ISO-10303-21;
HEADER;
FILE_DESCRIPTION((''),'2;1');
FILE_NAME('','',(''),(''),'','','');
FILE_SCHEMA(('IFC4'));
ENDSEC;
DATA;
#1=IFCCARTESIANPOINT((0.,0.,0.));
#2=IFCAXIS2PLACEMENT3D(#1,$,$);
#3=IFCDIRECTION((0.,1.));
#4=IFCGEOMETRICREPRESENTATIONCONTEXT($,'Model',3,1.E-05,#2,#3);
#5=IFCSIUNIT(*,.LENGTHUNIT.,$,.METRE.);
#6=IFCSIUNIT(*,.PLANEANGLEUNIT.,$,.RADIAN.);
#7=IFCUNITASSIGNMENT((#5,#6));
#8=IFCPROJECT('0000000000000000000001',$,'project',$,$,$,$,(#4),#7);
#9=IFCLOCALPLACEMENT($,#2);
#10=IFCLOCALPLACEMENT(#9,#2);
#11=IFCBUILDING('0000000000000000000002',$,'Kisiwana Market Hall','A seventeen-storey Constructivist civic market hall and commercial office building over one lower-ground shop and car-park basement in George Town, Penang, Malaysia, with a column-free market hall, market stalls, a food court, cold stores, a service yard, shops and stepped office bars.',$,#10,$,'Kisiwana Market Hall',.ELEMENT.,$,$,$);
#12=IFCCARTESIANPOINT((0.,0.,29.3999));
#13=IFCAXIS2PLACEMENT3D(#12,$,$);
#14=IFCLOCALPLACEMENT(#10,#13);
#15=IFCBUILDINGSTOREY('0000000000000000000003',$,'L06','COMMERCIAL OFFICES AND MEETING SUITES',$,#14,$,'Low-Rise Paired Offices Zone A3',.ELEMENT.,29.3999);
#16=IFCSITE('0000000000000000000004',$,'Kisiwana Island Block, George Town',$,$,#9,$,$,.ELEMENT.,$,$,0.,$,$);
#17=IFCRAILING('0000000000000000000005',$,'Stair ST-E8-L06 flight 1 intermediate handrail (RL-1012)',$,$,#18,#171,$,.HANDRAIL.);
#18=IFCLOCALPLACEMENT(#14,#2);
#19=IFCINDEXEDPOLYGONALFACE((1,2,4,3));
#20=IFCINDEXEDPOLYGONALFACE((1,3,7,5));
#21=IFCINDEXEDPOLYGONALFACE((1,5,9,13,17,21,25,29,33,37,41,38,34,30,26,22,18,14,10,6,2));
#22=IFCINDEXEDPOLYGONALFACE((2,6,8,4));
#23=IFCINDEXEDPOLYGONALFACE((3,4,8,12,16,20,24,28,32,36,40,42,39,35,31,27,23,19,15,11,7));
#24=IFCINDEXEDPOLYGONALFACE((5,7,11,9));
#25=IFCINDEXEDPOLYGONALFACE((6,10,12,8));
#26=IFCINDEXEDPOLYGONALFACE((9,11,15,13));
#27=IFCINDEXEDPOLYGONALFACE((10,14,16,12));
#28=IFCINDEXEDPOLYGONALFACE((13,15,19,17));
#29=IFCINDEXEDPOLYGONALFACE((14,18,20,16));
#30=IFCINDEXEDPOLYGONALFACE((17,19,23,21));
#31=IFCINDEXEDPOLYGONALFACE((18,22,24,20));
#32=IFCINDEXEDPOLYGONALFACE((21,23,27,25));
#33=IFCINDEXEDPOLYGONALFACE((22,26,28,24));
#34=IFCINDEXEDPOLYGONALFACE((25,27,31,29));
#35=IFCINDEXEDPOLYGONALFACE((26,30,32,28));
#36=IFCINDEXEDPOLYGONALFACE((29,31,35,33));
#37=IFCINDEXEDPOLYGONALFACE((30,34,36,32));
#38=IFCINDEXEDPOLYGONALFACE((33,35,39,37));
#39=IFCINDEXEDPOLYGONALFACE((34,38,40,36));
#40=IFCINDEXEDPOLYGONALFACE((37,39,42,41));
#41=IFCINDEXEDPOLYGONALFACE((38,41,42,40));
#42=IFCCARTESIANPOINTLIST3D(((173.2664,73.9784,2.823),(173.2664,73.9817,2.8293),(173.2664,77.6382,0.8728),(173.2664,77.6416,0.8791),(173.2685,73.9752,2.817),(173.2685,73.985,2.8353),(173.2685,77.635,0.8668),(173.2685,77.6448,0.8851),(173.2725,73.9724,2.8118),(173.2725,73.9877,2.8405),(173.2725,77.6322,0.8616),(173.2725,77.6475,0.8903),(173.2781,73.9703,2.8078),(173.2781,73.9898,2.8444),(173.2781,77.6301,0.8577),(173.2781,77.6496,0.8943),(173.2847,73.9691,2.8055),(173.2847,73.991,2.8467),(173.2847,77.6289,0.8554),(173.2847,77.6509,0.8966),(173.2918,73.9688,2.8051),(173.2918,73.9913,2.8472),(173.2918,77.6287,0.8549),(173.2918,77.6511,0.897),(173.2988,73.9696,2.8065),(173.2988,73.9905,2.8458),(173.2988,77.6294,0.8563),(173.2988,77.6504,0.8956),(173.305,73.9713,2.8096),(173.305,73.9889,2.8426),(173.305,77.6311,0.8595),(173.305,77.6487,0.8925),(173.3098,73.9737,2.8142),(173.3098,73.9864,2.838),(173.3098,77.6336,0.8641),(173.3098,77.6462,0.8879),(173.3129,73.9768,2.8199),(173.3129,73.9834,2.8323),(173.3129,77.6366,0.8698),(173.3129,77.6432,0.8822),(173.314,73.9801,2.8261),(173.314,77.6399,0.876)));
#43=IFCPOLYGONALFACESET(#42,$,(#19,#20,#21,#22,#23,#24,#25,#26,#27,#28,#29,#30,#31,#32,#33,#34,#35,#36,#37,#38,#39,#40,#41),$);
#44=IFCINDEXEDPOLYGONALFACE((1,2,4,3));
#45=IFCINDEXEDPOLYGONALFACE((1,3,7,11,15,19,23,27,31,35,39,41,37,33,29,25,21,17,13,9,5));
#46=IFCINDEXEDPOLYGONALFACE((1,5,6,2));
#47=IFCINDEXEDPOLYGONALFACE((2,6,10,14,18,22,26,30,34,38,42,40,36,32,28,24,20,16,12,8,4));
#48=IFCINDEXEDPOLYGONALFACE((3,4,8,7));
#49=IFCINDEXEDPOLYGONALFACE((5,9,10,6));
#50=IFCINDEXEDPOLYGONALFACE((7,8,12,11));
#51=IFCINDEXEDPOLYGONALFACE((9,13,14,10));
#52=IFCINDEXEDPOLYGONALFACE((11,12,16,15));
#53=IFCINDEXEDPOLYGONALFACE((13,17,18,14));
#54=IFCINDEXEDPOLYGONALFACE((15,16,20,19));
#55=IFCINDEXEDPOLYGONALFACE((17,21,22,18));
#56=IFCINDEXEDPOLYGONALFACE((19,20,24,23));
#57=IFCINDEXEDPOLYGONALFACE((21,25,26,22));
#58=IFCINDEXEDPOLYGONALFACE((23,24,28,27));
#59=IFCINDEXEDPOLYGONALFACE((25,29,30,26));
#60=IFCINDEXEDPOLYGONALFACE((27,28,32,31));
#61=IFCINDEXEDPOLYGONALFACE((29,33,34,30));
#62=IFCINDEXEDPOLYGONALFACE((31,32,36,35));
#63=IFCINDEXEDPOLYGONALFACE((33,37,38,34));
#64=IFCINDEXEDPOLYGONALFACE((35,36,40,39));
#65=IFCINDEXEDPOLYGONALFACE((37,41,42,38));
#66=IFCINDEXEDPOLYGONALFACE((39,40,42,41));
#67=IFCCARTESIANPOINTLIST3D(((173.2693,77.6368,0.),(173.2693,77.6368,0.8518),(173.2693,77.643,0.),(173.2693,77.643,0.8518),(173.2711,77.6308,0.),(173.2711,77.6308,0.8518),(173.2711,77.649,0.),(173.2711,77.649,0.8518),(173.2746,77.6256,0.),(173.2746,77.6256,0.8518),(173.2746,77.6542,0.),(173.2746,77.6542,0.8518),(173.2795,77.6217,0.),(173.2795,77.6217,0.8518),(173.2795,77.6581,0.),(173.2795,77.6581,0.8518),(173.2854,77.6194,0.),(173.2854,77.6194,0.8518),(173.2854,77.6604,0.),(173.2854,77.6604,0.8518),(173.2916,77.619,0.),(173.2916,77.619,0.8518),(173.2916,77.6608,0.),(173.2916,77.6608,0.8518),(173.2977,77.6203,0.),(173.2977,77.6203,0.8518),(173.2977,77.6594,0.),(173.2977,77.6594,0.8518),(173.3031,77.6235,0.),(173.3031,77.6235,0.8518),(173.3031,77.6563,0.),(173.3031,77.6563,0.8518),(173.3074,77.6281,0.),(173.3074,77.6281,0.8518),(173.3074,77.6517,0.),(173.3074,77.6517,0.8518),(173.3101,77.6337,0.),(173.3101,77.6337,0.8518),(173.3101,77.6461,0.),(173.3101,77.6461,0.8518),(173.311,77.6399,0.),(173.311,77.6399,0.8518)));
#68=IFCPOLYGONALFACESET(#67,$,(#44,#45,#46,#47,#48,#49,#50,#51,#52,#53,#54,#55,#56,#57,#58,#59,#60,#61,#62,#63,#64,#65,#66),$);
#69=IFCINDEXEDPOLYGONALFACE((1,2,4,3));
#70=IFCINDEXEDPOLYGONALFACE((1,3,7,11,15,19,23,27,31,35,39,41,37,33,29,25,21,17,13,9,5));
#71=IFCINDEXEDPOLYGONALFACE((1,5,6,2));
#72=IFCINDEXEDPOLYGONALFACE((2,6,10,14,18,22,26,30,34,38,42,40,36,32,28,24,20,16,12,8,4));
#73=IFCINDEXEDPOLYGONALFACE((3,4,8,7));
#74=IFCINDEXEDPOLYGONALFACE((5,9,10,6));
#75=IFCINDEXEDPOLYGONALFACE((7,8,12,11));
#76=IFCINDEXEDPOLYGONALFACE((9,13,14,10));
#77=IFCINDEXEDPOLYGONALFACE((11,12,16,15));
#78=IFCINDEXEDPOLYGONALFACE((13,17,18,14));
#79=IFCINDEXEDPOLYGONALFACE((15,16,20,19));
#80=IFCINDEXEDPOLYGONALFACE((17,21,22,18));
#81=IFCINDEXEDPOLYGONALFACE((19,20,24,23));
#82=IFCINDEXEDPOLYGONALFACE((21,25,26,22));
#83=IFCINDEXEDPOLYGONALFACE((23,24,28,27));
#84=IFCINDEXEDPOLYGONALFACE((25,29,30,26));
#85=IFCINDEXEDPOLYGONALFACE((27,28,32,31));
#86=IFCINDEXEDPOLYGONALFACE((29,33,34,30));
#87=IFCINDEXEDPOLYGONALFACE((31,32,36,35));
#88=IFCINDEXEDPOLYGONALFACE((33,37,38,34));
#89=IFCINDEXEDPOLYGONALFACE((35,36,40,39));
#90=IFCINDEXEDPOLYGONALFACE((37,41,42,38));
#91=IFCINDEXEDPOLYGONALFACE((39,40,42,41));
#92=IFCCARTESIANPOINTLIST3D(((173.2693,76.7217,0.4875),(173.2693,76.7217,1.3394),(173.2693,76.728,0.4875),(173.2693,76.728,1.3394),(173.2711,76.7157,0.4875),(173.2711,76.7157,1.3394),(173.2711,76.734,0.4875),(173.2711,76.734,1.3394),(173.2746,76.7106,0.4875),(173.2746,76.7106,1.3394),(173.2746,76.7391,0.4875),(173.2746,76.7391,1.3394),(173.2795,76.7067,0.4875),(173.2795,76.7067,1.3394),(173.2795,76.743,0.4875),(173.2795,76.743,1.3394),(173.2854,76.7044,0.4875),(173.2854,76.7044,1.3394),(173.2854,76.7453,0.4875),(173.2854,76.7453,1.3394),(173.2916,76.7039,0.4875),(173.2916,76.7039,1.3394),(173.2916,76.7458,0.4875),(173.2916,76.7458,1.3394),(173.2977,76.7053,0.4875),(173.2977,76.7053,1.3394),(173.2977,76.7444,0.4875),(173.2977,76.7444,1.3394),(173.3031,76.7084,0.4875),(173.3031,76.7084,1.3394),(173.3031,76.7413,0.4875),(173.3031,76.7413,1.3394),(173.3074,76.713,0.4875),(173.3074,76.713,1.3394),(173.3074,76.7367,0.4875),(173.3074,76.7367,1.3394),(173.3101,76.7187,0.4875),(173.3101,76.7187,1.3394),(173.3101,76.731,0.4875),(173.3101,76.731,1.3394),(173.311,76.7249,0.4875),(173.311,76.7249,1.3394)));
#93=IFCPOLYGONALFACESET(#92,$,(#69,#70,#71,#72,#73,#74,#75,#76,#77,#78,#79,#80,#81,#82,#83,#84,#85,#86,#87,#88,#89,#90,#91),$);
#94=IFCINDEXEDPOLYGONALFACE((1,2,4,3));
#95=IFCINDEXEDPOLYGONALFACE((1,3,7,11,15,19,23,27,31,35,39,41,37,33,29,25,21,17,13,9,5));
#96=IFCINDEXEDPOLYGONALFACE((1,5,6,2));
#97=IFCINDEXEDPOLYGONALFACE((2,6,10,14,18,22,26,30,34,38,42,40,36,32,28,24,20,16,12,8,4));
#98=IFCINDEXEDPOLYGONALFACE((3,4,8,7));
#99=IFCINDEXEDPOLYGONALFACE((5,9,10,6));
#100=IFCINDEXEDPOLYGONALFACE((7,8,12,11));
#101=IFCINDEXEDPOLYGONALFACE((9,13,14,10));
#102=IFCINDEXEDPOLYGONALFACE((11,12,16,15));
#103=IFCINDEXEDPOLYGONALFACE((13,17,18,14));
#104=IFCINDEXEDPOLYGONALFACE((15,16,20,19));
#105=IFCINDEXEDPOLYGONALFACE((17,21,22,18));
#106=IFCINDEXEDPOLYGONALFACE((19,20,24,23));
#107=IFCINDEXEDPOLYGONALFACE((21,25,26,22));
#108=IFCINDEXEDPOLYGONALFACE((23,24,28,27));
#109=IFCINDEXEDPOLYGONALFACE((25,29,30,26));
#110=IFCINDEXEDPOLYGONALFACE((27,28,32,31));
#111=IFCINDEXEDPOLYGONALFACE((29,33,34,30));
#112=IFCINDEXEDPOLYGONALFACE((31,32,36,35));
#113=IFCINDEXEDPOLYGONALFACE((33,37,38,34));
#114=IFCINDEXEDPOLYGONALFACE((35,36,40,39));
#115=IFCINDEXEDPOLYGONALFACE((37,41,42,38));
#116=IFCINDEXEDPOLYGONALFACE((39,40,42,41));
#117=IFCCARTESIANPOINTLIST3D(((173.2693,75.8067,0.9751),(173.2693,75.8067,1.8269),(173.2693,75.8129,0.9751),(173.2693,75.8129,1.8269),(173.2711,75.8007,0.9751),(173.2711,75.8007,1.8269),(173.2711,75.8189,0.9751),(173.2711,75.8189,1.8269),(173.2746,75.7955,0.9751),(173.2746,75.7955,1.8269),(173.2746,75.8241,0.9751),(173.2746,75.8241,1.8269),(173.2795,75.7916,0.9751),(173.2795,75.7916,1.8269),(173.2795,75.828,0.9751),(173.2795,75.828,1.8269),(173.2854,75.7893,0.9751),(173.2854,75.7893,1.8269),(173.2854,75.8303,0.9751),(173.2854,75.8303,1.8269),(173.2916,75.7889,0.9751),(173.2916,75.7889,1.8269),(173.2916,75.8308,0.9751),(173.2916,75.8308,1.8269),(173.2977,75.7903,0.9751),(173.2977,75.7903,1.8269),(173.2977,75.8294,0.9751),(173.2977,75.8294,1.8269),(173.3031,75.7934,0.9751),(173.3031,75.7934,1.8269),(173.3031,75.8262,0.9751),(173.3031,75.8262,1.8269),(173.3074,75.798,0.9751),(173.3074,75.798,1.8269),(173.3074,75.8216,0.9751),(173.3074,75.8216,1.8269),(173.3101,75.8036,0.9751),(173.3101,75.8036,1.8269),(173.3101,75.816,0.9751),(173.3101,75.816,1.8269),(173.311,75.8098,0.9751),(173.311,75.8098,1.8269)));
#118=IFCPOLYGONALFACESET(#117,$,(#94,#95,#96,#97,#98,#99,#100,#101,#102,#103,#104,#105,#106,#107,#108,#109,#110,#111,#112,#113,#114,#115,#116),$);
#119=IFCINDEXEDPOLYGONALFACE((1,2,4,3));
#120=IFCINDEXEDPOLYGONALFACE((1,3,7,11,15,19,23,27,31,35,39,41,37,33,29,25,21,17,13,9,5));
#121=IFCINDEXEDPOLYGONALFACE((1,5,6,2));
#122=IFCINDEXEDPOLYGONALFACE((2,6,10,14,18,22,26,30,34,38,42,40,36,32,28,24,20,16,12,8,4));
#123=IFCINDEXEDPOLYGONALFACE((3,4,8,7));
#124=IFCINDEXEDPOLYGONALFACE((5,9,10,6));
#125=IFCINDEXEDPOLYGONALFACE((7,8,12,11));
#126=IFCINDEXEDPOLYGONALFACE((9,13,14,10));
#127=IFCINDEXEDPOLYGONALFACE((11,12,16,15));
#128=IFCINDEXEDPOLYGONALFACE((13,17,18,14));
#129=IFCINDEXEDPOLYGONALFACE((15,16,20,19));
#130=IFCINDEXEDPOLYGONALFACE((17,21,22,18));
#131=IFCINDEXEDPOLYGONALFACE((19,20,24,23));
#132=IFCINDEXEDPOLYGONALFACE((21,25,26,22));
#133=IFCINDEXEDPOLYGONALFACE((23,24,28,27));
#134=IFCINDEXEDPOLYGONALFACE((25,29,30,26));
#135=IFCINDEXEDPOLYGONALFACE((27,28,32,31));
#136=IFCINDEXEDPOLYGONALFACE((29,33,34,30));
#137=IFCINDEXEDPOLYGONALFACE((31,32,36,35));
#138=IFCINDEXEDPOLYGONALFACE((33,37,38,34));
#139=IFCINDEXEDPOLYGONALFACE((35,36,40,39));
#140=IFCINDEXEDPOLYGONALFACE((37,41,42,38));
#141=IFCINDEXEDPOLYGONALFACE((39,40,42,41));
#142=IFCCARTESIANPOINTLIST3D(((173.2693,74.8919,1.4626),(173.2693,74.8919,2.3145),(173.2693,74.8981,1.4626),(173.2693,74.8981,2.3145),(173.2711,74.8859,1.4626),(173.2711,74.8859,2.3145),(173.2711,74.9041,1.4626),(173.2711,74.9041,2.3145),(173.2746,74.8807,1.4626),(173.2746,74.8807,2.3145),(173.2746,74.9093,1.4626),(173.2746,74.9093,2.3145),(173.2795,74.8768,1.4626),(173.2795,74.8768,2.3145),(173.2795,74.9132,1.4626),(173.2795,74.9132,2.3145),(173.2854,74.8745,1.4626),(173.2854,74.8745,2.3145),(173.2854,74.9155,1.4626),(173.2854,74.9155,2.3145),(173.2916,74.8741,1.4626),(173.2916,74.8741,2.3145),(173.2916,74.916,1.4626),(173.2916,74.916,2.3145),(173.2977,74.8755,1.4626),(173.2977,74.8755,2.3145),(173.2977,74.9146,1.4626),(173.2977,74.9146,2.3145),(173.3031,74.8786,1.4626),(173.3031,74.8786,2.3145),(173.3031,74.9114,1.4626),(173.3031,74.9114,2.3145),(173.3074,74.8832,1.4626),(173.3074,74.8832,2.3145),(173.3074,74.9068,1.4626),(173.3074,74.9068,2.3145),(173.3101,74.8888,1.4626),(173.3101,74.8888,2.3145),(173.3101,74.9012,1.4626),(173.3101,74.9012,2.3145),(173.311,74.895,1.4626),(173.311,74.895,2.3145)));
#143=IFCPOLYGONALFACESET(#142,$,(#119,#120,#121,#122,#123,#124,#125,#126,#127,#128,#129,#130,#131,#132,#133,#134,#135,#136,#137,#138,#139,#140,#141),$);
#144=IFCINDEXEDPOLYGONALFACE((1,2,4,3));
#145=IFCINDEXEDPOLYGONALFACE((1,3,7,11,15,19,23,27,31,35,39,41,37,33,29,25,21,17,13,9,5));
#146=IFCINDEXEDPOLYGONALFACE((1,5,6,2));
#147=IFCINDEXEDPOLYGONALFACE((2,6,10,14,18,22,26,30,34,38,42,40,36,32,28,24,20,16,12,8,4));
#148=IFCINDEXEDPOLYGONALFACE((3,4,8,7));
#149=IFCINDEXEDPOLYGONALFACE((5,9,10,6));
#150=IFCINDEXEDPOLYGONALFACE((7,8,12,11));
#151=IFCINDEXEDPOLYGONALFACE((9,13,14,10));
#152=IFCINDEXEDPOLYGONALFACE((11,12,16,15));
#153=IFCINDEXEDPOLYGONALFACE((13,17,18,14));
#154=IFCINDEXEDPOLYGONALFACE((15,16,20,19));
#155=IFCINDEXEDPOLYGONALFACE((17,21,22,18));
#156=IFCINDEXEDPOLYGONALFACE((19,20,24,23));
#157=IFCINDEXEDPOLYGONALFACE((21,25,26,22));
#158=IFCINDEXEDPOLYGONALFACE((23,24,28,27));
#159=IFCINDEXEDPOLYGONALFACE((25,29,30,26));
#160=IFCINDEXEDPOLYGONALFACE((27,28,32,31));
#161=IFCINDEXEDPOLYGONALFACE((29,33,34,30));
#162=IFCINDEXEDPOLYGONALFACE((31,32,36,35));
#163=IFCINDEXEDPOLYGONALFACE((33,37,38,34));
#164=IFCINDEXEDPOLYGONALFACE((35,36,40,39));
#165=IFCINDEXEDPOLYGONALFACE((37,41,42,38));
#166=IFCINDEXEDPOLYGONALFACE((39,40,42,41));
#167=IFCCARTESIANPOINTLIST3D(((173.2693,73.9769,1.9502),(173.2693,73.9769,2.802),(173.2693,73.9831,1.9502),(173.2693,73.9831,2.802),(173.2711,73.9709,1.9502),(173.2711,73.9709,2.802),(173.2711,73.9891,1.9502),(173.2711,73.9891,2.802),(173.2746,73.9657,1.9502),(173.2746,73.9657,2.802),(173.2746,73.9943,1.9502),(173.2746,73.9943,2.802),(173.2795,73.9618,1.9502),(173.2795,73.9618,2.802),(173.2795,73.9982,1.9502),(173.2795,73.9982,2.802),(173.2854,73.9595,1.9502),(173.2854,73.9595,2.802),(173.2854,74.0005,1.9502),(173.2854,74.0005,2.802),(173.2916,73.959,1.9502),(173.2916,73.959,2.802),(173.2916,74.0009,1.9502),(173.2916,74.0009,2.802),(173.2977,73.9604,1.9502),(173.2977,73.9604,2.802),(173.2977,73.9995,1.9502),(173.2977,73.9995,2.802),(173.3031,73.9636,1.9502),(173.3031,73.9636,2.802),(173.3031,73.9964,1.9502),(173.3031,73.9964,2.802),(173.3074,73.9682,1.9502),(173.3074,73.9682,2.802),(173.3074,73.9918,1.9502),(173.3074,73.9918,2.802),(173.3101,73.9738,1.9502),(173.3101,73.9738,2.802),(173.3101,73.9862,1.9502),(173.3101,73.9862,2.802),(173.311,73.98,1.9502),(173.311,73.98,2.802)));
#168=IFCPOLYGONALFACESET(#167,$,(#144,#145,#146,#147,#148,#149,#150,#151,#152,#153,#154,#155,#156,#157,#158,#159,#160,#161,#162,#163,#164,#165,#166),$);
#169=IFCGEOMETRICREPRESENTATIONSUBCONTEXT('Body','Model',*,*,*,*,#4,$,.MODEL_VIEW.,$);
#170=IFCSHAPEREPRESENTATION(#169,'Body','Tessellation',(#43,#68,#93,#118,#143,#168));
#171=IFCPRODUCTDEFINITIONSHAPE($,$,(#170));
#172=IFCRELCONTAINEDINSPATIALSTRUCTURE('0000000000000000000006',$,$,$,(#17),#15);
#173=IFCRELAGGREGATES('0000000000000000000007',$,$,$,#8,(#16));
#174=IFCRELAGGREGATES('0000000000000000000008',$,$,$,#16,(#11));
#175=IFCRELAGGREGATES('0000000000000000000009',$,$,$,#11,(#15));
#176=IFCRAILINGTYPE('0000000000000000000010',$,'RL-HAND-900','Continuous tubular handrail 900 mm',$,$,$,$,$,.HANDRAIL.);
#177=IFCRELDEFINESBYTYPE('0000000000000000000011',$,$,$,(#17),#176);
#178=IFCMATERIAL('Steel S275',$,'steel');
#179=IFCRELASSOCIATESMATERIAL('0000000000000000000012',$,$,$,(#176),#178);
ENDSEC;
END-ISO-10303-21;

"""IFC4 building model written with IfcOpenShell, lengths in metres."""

from ifc_helpers import new_model, si_unit, direction, frame, origin, origin_2d, place, context, subcontext, project, spatial, circle, extrude, material, type_object, element, save


model = new_model("IFC4")

# Units and contexts
model_context = context("Model", 3, precision=1e-05, world=origin(), true_north=direction((0.0, 1.0)))
body_context = subcontext(model_context, "Body", "Model", "MODEL_VIEW")
ifc_project = project(units=[si_unit("LENGTHUNIT", "METRE"), si_unit("PLANEANGLEUNIT", "RADIAN")], contexts=[model_context])

# Site, building, storey
site_placement = place(None, origin())
site = spatial("IfcSite", under=ifc_project, at=site_placement, Name="Kisiwana Island Block, George Town", CompositionType="ELEMENT", RefElevation=0.0)
building_placement = place(site_placement, origin())
building = spatial("IfcBuilding", under=site, at=building_placement, Name="Kisiwana Market Hall", Description="A seventeen-storey Constructivist civic market hall and commercial office building over one lower-ground shop and car-park basement in George Town, Penang, Malaysia, with a column-free market hall, market stalls, a food court, cold stores, a service yard, shops and stepped office bars.", LongName="Kisiwana Market Hall", CompositionType="ELEMENT")
storey_placement = place(building_placement, frame((0.0, 0.0, 29.3999)))
storey = spatial("IfcBuildingStorey", under=building, at=storey_placement, Name="L06", Description="COMMERCIAL OFFICES AND MEETING SUITES", LongName="Low-Rise Paired Offices Zone A3", CompositionType="ELEMENT", Elevation=29.3999)

# Railing
ifc_material_1 = material(Name="Steel S275", Category="steel")
railing_type_1 = type_object("IfcRailingType", Name="RL-HAND-900", Description="Continuous tubular handrail 900 mm", PredefinedType="HANDRAIL", material=ifc_material_1)
railing_1_placement = place(storey_placement, frame((173.29, 77.6399, 0.0)))
element("IfcRailing", 1, at=railing_1_placement, inside=storey, type_object=railing_type_1, Name="Stair ST-E8-L06 flight 1 intermediate handrail (RL-1012)", PredefinedType="HANDRAIL", context=body_context, shape_type="SweptSolid", body=[
    extrude(circle(Radius=0.0239, at=origin_2d()), frame((0.0, 0.0, 0.876), z_axis=(0.0, -0.882529, 0.470258), x_axis=(1.0, 0.0, 0.0)), (0.0, 0.0, 1.0), 4.147),
    extrude(circle(Radius=0.021, at=origin_2d()), origin(), (0.0, 0.0, 1.0), 0.8518),
    extrude(circle(Radius=0.021, at=origin_2d()), frame((0.0, -0.915, 0.4875)), (0.0, 0.0, 1.0), 0.8518),
    extrude(circle(Radius=0.021, at=origin_2d()), frame((0.0, -1.8301, 0.9751)), (0.0, 0.0, 1.0), 0.8518),
    extrude(circle(Radius=0.021, at=origin_2d()), frame((0.0, -2.7449, 1.4626)), (0.0, 0.0, 1.0), 0.8518),
    extrude(circle(Radius=0.021, at=origin_2d()), frame((0.0, -3.6599, 1.9502)), (0.0, 0.0, 1.0), 0.8518),
])

save(model, "model.ifc")
